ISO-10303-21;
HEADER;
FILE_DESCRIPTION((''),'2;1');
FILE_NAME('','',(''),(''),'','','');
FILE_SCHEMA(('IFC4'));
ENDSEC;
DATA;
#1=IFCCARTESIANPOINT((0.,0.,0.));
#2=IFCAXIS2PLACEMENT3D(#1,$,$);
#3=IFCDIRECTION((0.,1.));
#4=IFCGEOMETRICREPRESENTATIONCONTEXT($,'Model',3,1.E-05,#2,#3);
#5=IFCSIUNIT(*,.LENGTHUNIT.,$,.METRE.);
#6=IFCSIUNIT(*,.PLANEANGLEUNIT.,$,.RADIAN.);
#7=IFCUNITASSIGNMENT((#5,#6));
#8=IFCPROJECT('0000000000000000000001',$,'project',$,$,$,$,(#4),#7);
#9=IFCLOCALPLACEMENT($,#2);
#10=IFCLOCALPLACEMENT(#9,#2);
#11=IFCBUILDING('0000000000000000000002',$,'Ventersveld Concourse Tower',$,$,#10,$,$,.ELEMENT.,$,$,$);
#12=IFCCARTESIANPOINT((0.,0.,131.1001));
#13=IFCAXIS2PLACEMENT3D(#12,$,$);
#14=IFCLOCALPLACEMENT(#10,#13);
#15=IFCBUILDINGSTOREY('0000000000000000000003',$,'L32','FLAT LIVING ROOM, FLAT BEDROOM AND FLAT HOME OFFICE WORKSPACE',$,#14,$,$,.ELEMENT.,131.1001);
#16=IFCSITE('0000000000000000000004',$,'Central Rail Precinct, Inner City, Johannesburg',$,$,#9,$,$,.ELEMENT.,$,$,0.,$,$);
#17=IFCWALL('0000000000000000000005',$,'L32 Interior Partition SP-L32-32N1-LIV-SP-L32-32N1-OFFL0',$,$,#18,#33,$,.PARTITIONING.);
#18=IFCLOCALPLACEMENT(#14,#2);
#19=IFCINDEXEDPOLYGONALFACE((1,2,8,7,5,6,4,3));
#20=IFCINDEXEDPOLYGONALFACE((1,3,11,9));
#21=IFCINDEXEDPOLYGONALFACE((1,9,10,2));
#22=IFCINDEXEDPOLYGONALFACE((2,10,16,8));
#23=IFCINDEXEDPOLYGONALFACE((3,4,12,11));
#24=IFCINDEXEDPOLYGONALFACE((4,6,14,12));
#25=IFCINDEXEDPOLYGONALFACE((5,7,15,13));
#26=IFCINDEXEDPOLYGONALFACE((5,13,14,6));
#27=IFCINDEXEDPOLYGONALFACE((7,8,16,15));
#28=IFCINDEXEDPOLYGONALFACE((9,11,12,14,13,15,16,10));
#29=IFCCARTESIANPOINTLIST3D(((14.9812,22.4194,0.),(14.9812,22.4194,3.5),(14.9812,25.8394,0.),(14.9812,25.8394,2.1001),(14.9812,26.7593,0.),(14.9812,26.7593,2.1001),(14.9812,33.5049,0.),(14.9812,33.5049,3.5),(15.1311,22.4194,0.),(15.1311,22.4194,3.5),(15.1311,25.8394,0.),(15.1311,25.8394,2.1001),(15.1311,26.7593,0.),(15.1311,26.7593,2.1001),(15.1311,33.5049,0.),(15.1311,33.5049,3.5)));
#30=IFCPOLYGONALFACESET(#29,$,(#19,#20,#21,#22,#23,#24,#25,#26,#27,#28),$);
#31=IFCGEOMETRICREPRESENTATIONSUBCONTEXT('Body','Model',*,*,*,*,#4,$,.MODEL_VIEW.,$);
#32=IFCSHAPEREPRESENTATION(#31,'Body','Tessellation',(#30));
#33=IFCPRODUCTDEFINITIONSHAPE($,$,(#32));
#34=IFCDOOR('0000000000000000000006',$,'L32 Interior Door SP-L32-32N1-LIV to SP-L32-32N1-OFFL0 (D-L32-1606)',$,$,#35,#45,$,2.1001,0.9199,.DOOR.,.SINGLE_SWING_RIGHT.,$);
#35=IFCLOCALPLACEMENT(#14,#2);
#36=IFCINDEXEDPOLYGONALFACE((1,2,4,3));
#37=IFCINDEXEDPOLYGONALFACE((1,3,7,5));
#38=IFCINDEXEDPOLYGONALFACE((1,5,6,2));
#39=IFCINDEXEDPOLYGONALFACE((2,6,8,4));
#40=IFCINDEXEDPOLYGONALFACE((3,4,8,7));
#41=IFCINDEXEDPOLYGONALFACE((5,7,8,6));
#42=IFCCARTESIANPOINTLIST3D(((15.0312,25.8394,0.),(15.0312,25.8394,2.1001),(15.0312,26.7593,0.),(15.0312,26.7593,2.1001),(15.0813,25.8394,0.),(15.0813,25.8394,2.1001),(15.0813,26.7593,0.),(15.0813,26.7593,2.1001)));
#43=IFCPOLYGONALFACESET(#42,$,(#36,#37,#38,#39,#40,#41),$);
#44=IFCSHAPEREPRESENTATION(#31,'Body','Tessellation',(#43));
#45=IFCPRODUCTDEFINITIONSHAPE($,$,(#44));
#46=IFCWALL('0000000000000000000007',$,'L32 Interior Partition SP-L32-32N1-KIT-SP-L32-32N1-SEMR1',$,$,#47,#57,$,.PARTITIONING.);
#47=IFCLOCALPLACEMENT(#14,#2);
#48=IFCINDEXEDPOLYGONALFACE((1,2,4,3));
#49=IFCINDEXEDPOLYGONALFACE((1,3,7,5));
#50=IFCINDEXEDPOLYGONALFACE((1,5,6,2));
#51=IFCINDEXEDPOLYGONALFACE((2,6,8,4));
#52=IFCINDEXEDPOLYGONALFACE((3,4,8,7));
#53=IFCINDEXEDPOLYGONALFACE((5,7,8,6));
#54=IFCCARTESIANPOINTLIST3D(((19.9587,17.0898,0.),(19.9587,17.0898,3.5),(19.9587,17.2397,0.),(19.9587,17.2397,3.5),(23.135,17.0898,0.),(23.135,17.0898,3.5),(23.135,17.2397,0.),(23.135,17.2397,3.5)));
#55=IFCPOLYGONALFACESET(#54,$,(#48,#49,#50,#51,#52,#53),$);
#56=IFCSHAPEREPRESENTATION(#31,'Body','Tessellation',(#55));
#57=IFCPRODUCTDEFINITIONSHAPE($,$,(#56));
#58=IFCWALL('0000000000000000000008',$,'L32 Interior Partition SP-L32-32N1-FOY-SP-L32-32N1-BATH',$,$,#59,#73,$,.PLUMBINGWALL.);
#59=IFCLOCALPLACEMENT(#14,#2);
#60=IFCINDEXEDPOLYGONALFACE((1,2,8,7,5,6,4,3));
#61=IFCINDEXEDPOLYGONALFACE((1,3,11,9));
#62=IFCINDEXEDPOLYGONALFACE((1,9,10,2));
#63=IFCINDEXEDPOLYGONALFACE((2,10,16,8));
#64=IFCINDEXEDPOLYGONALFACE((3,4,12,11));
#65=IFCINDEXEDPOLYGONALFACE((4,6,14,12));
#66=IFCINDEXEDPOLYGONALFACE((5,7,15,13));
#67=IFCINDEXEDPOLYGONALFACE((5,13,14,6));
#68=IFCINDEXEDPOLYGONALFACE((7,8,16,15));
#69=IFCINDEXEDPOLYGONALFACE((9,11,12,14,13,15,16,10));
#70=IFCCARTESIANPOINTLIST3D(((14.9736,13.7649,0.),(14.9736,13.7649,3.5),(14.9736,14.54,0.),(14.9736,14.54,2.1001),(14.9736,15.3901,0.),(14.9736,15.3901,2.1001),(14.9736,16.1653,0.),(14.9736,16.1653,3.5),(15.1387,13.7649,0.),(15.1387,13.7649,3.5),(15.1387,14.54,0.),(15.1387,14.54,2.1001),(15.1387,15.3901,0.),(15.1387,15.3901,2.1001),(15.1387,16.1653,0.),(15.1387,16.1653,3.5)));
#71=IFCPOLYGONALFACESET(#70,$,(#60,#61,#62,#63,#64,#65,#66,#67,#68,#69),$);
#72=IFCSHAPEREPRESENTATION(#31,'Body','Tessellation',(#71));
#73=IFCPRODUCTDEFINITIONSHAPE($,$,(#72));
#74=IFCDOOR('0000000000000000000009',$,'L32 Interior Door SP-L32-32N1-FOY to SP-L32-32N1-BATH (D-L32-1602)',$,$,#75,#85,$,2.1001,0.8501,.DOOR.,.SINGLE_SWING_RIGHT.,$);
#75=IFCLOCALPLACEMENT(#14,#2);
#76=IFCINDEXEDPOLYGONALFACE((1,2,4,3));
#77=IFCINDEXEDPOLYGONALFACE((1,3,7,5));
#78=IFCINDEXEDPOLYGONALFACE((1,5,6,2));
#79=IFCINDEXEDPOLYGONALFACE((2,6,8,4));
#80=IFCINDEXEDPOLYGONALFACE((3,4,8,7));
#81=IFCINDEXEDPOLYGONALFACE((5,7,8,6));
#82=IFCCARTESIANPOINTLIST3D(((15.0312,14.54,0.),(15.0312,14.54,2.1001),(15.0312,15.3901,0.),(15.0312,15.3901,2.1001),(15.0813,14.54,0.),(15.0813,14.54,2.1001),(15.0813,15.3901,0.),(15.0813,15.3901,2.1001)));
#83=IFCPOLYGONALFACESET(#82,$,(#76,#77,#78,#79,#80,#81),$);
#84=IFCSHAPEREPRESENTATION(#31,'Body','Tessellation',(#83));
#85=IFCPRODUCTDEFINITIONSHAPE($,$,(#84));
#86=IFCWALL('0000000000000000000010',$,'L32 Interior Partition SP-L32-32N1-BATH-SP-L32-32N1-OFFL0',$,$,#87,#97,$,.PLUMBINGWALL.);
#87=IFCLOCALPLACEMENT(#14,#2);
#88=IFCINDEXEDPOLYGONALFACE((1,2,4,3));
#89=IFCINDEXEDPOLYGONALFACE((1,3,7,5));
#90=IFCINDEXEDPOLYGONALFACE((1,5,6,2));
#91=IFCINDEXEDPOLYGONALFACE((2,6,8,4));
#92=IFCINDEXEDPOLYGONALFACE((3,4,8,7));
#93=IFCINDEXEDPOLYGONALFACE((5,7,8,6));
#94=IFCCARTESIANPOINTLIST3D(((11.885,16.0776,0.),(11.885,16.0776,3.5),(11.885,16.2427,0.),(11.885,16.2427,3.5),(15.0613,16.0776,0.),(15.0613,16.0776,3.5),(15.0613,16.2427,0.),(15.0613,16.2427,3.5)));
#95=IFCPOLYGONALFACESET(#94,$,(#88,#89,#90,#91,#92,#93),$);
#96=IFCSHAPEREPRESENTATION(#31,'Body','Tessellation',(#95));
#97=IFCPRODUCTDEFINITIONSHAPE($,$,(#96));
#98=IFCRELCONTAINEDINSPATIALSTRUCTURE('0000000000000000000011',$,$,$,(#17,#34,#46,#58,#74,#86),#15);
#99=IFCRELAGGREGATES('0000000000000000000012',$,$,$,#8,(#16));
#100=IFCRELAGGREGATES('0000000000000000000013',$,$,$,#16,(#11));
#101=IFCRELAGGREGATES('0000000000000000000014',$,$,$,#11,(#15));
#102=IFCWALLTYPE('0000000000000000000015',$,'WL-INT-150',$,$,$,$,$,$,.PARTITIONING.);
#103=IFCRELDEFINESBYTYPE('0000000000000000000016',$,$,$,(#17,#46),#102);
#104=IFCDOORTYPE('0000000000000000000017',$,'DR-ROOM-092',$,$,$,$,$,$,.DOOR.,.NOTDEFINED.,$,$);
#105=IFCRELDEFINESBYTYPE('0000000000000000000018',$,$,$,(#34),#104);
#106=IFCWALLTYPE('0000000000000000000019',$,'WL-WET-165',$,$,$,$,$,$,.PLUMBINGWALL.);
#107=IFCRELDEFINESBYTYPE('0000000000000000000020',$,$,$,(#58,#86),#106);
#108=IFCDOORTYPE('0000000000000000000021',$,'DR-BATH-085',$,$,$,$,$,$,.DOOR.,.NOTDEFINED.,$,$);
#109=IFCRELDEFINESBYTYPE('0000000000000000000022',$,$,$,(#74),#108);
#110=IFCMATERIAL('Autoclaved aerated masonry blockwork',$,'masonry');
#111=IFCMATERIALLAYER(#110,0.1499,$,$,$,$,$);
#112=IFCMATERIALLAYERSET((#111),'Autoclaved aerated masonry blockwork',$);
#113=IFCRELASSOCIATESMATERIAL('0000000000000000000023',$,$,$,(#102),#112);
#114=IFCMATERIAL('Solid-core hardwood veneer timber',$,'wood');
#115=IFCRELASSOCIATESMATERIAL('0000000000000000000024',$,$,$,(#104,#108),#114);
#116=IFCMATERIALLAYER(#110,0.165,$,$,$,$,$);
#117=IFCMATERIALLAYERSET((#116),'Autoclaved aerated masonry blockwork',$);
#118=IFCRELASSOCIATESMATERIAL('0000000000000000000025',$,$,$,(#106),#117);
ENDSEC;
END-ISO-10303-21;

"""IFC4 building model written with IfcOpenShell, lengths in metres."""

from ifc_helpers import new_model, si_unit, direction, frame, frame_2d, origin, place, context, subcontext, project, spatial, rectangle, extrude, material, layer, layer_set, type_object, element, fill, save


model = new_model("IFC4")

# Units and contexts
model_context = context("Model", 3, precision=1e-05, world=origin(), true_north=direction((0.0, 1.0)))
body_context = subcontext(model_context, "Body", "Model", "MODEL_VIEW")
ifc_project = project(units=[si_unit("LENGTHUNIT", "METRE"), si_unit("PLANEANGLEUNIT", "RADIAN")], contexts=[model_context])

# Site, building, storey
site_placement = place(None, origin())
site = spatial("IfcSite", under=ifc_project, at=site_placement, Name="Central Rail Precinct, Inner City, Johannesburg", CompositionType="ELEMENT", RefElevation=0.0)
building_placement = place(site_placement, origin())
building = spatial("IfcBuilding", under=site, at=building_placement, Name="Ventersveld Concourse Tower", CompositionType="ELEMENT")
storey_placement = place(building_placement, frame((0.0, 0.0, 131.1001)))
storey = spatial("IfcBuildingStorey", under=building, at=storey_placement, Name="L32", Description="FLAT LIVING ROOM, FLAT BEDROOM AND FLAT HOME OFFICE WORKSPACE", CompositionType="ELEMENT", Elevation=131.1001)

# Shared definitions
ifc_material_1 = material(Name="Solid-core hardwood veneer timber", Category="wood")

# Wall, opening, door
ifc_material_2 = material(Name="Autoclaved aerated masonry blockwork", Category="masonry")
ifc_layer_1 = layer(ifc_material_2, 0.1499)
ifc_layer_set_1 = layer_set([ifc_layer_1], Name="Autoclaved aerated masonry blockwork")
wall_type_1 = type_object("IfcWallType", Name="WL-INT-150", PredefinedType="PARTITIONING", material=ifc_layer_set_1)
door_type_1 = type_object("IfcDoorType", Name="DR-ROOM-092", OperationType="NOTDEFINED", PredefinedType="DOOR", material=ifc_material_1)
wall_1_placement = place(storey_placement, frame((15.0562, 22.4194, 0.0), z_axis=(0.0, 0.0, 1.0), x_axis=(0.0, 1.0, 0.0)))
wall_1 = element("IfcWall", 1, at=wall_1_placement, inside=storey, type_object=wall_type_1, Name="L32 Interior Partition SP-L32-32N1-LIV-SP-L32-32N1-OFFL0", PredefinedType="PARTITIONING", context=body_context, shape_type="SweptSolid", body=[
    extrude(rectangle(XDim=11.0854, YDim=0.1499, at=frame_2d((5.5427, 0.0))), origin(), (0.0, 0.0, 1.0), 3.5),
])
opening_1_placement = place(wall_1_placement, frame((3.4199, 0.0, 0.0)))
opening_1 = element("IfcOpeningElement", 2, at=opening_1_placement, cuts=wall_1, PredefinedType="OPENING", context=body_context, shape_type="SweptSolid", body=[
    extrude(rectangle(XDim=0.9199, YDim=2.1001, at=frame_2d((0.46, 1.05))), frame((0.0, 0.085, 0.0), z_axis=(0.0, -1.0, 0.0), x_axis=(1.0, 0.0, 0.0)), (0.0, 0.0, 1.0), 0.1699),
])
door_1_placement = place(opening_1_placement, origin())
door_1 = element("IfcDoor", 3, at=door_1_placement, inside=storey, type_object=door_type_1, Name="L32 Interior Door SP-L32-32N1-LIV to SP-L32-32N1-OFFL0 (D-L32-1606)", OperationType="SINGLE_SWING_RIGHT", OverallHeight=2.1001, OverallWidth=0.9199, PredefinedType="DOOR", context=body_context, shape_type="SweptSolid", body=[
    extrude(rectangle(XDim=0.9199, YDim=2.1001, at=frame_2d((0.46, 1.05))), frame((0.0, 0.0249, 0.0), z_axis=(0.0, -1.0, 0.0), x_axis=(1.0, 0.0, 0.0)), (0.0, 0.0, 1.0), 0.05),
])
fill(opening_1, door_1)

# Wall
wall_2_placement = place(storey_placement, frame((19.9587, 17.1648, 0.0), z_axis=(0.0, 0.0, 1.0), x_axis=(1.0, 0.0, 0.0)))
element("IfcWall", 4, at=wall_2_placement, inside=storey, type_object=wall_type_1, Name="L32 Interior Partition SP-L32-32N1-KIT-SP-L32-32N1-SEMR1", PredefinedType="PARTITIONING", context=body_context, shape_type="SweptSolid", body=[
    extrude(rectangle(XDim=3.1763, YDim=0.1499, at=frame_2d((1.5881, 0.0))), origin(), (0.0, 0.0, 1.0), 3.5),
])

# Wall, opening, door
ifc_layer_2 = layer(ifc_material_2, 0.165)
ifc_layer_set_2 = layer_set([ifc_layer_2], Name="Autoclaved aerated masonry blockwork")
wall_type_2 = type_object("IfcWallType", Name="WL-WET-165", PredefinedType="PLUMBINGWALL", material=ifc_layer_set_2)
wall_3_placement = place(storey_placement, frame((15.0562, 13.7649, 0.0), z_axis=(0.0, 0.0, 1.0), x_axis=(0.0, 1.0, 0.0)))
wall_3 = element("IfcWall", 5, at=wall_3_placement, inside=storey, type_object=wall_type_2, Name="L32 Interior Partition SP-L32-32N1-FOY-SP-L32-32N1-BATH", PredefinedType="PLUMBINGWALL", context=body_context, shape_type="SweptSolid", body=[
    extrude(rectangle(XDim=2.4004, YDim=0.165, at=frame_2d((1.2002, 0.0))), origin(), (0.0, 0.0, 1.0), 3.5),
])
opening_2_placement = place(wall_3_placement, frame((0.7751, 0.0, 0.0)))
opening_2 = element("IfcOpeningElement", 6, at=opening_2_placement, cuts=wall_3, PredefinedType="OPENING", context=body_context, shape_type="SweptSolid", body=[
    extrude(rectangle(XDim=0.8501, YDim=2.1001, at=frame_2d((0.425, 1.05))), frame((0.0, 0.0925, 0.0), z_axis=(0.0, -1.0, 0.0), x_axis=(1.0, 0.0, 0.0)), (0.0, 0.0, 1.0), 0.1851),
])
door_type_2 = type_object("IfcDoorType", Name="DR-BATH-085", OperationType="NOTDEFINED", PredefinedType="DOOR", material=ifc_material_1)
door_2_placement = place(opening_2_placement, origin())
door_2 = element("IfcDoor", 7, at=door_2_placement, inside=storey, type_object=door_type_2, Name="L32 Interior Door SP-L32-32N1-FOY to SP-L32-32N1-BATH (D-L32-1602)", OperationType="SINGLE_SWING_RIGHT", OverallHeight=2.1001, OverallWidth=0.8501, PredefinedType="DOOR", context=body_context, shape_type="SweptSolid", body=[
    extrude(rectangle(XDim=0.8501, YDim=2.1001, at=frame_2d((0.425, 1.05))), frame((0.0, 0.0249, 0.0), z_axis=(0.0, -1.0, 0.0), x_axis=(1.0, 0.0, 0.0)), (0.0, 0.0, 1.0), 0.05),
])
fill(opening_2, door_2)

# Wall
wall_4_placement = place(storey_placement, frame((11.885, 16.1602, 0.0), z_axis=(0.0, 0.0, 1.0), x_axis=(1.0, 0.0, 0.0)))
element("IfcWall", 8, at=wall_4_placement, inside=storey, type_object=wall_type_2, Name="L32 Interior Partition SP-L32-32N1-BATH-SP-L32-32N1-OFFL0", PredefinedType="PLUMBINGWALL", context=body_context, shape_type="SweptSolid", body=[
    extrude(rectangle(XDim=3.1763, YDim=0.165, at=frame_2d((1.5881, 0.0))), origin(), (0.0, 0.0, 1.0), 3.5),
])

save(model, "model.ifc")
